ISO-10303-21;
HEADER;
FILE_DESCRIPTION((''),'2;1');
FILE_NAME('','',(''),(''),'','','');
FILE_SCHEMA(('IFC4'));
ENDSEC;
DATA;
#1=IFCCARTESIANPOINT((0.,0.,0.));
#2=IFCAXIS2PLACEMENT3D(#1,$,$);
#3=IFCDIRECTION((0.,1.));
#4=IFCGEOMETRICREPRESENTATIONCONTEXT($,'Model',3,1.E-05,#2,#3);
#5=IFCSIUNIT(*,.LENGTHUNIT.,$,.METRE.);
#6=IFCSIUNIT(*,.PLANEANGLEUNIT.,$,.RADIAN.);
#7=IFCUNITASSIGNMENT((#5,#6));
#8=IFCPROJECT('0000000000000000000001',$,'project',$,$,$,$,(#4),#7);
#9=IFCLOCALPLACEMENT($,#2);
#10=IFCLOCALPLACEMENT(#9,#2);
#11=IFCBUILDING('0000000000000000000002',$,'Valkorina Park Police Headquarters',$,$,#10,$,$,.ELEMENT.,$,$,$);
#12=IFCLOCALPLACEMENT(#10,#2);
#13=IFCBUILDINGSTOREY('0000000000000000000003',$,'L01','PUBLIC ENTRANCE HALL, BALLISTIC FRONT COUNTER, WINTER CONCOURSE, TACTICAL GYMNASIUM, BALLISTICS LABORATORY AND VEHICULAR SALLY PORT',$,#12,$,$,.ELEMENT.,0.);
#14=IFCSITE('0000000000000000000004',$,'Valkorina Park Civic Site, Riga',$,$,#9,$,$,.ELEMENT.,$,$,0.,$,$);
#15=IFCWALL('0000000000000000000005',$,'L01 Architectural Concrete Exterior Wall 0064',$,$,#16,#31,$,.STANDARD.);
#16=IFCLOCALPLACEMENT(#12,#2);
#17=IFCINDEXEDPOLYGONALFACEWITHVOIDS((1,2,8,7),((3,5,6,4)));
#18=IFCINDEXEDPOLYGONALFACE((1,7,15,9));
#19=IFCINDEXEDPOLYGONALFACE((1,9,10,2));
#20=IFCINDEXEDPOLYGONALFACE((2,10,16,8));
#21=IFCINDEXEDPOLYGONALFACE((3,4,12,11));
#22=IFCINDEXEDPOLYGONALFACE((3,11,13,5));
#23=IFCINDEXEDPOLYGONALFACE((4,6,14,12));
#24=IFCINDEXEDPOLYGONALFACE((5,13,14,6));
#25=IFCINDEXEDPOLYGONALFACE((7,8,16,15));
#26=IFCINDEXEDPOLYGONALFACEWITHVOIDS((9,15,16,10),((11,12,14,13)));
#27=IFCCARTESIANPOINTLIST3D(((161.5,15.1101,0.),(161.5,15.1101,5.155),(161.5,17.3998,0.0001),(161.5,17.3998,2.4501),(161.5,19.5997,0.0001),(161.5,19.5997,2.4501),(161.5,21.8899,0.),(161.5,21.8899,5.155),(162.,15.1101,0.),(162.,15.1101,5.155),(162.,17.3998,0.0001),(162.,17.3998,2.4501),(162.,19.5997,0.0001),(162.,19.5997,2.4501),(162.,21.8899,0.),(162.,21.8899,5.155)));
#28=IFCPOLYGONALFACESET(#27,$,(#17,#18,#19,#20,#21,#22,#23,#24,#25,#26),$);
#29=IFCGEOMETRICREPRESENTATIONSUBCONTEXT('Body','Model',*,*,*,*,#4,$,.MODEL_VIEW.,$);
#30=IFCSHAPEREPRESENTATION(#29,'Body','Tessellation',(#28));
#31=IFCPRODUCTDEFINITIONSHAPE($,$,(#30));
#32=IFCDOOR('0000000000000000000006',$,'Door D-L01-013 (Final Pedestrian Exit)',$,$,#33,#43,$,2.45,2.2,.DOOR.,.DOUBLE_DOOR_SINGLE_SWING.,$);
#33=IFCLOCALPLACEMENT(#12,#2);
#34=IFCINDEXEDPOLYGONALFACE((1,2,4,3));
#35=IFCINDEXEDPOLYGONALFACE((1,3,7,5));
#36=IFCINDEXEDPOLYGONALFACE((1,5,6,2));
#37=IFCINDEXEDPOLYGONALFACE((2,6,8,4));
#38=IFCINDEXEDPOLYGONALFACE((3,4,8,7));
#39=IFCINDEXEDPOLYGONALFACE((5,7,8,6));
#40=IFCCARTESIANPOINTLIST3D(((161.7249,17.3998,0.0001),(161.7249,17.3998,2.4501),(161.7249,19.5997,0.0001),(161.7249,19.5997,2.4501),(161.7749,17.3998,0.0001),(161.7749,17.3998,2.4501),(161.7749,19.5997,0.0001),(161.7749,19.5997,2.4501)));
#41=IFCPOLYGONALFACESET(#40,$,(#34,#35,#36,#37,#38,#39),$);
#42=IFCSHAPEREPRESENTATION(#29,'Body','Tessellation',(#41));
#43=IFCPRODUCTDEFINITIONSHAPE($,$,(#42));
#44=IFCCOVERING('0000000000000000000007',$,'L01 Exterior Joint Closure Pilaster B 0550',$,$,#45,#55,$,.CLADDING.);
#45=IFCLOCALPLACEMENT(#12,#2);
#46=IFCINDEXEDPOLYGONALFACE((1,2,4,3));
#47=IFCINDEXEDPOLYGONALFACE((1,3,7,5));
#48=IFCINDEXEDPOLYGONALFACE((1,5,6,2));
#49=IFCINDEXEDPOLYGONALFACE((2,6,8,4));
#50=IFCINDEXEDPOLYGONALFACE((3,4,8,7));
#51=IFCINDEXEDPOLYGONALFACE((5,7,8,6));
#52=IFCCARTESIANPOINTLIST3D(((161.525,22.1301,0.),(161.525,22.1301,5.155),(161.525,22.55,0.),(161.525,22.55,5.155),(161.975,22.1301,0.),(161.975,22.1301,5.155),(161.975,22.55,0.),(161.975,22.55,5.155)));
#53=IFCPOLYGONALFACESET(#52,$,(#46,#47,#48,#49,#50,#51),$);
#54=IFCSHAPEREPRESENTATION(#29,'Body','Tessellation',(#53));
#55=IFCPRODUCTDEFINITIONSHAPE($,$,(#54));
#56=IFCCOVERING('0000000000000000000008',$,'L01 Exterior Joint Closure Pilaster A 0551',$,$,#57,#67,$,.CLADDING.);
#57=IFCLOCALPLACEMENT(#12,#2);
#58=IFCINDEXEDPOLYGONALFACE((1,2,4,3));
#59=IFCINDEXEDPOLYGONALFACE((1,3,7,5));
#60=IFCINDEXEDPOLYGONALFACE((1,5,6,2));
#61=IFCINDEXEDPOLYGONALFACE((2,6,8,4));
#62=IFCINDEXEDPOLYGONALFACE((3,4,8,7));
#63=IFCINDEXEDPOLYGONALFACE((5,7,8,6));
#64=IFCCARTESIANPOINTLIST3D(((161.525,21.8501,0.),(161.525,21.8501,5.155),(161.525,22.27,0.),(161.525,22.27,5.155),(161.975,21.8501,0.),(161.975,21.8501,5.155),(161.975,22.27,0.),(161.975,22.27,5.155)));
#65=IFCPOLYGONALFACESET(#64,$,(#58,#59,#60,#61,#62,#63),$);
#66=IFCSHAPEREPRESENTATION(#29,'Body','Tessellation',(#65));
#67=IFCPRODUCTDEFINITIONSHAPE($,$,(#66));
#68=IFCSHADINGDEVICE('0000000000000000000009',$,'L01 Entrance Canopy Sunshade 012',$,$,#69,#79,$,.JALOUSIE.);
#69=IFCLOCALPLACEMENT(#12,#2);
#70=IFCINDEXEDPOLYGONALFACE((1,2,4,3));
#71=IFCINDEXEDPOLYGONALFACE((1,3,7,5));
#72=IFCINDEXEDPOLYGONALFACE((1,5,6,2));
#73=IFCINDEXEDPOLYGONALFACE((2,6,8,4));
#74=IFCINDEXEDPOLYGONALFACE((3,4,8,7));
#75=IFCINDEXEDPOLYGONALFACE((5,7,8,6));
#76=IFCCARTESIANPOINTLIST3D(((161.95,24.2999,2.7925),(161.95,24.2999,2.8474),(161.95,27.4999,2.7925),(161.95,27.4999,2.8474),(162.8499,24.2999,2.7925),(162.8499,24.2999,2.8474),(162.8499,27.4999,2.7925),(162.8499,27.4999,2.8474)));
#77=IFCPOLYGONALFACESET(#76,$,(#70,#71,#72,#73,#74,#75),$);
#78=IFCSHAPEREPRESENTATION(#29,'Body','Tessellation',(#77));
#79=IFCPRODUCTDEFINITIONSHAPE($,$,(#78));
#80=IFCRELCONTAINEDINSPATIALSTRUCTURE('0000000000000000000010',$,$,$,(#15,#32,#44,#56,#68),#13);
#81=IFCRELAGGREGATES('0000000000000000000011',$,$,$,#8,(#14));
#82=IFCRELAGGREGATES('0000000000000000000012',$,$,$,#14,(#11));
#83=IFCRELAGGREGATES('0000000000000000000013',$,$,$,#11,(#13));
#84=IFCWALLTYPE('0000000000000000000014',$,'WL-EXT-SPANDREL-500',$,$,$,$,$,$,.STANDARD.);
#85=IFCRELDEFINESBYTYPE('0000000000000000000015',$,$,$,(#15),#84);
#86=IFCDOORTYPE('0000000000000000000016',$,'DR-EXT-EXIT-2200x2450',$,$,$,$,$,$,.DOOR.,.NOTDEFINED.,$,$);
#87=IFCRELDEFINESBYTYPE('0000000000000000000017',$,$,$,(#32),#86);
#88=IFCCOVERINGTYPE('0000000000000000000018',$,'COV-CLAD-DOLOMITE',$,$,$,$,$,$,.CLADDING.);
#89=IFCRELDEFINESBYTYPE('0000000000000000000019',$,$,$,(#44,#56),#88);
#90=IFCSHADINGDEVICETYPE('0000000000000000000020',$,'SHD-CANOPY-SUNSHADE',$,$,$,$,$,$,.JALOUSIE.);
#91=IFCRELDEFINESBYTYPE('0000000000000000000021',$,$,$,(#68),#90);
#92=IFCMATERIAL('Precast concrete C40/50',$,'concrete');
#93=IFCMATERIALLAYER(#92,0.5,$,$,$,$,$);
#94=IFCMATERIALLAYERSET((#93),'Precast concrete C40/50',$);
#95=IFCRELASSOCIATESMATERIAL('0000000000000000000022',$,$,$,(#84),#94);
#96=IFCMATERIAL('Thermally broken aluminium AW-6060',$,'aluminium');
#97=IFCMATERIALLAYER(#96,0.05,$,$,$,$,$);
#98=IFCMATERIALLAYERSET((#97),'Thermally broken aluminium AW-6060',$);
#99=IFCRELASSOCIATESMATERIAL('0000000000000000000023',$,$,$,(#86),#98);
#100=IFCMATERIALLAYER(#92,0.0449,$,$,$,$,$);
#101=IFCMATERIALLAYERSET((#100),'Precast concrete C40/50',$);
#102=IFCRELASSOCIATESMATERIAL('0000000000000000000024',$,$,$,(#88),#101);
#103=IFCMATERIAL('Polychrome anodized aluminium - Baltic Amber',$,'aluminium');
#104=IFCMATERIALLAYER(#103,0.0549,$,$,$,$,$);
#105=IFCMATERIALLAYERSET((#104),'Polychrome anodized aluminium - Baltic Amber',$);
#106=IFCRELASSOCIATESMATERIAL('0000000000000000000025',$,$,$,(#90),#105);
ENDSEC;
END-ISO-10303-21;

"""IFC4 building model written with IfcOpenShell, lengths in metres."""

from ifc_helpers import new_model, si_unit, direction, frame, frame_2d, origin, origin_2d, place, context, subcontext, project, spatial, rectangle, extrude, material, layer, layer_set, type_object, element, fill, save


model = new_model("IFC4")

# Units and contexts
model_context = context("Model", 3, precision=1e-05, world=origin(), true_north=direction((0.0, 1.0)))
body_context = subcontext(model_context, "Body", "Model", "MODEL_VIEW")
ifc_project = project(units=[si_unit("LENGTHUNIT", "METRE"), si_unit("PLANEANGLEUNIT", "RADIAN")], contexts=[model_context])

# Site, building, storey
site_placement = place(None, origin())
site = spatial("IfcSite", under=ifc_project, at=site_placement, Name="Valkorina Park Civic Site, Riga", CompositionType="ELEMENT", RefElevation=0.0)
building_placement = place(site_placement, origin())
building = spatial("IfcBuilding", under=site, at=building_placement, Name="Valkorina Park Police Headquarters", CompositionType="ELEMENT")
storey_placement = place(building_placement, origin())
storey = spatial("IfcBuildingStorey", under=building, at=storey_placement, Name="L01", Description="PUBLIC ENTRANCE HALL, BALLISTIC FRONT COUNTER, WINTER CONCOURSE, TACTICAL GYMNASIUM, BALLISTICS LABORATORY AND VEHICULAR SALLY PORT", CompositionType="ELEMENT", Elevation=0.0)

# Wall, opening, door
ifc_material_1 = material(Name="Precast concrete C40/50", Category="concrete")
ifc_layer_1 = layer(ifc_material_1, 0.5)
ifc_layer_set_1 = layer_set([ifc_layer_1], Name="Precast concrete C40/50")
wall_type_1 = type_object("IfcWallType", Name="WL-EXT-SPANDREL-500", PredefinedType="STANDARD", material=ifc_layer_set_1)
ifc_material_2 = material(Name="Thermally broken aluminium AW-6060", Category="aluminium")
wall_1_placement = place(storey_placement, frame((161.75, 21.8899, 0.0), z_axis=(0.0, 0.0, 1.0), x_axis=(0.0, -1.0, 0.0)))
wall_1 = element("IfcWall", 1, at=wall_1_placement, inside=storey, type_object=wall_type_1, Name="L01 Architectural Concrete Exterior Wall 0064", PredefinedType="STANDARD", context=body_context, shape_type="SweptSolid", body=[
    extrude(rectangle(XDim=6.7798, YDim=0.5, at=frame_2d((3.3899, 0.0))), origin(), (0.0, 0.0, 1.0), 5.155),
])
opening_1_placement = place(wall_1_placement, frame((2.29, 0.0, 0.0)))
opening_1 = element("IfcOpeningElement", 2, at=opening_1_placement, cuts=wall_1, PredefinedType="OPENING", context=body_context, shape_type="SweptSolid", body=[
    extrude(rectangle(XDim=2.2, YDim=2.45, at=frame_2d((1.1001, 1.2251))), frame((0.0, 0.26, 0.0), z_axis=(0.0, -1.0, 0.0), x_axis=(1.0, 0.0, 0.0)), (0.0, 0.0, 1.0), 0.52),
])
ifc_layer_2 = layer(ifc_material_2, 0.05)
ifc_layer_set_2 = layer_set([ifc_layer_2], Name="Thermally broken aluminium AW-6060")
door_type_1 = type_object("IfcDoorType", Name="DR-EXT-EXIT-2200x2450", OperationType="NOTDEFINED", PredefinedType="DOOR", material=ifc_layer_set_2)
door_1_placement = place(opening_1_placement, origin())
door_1 = element("IfcDoor", 3, at=door_1_placement, inside=storey, type_object=door_type_1, Name="Door D-L01-013 (Final Pedestrian Exit)", OperationType="DOUBLE_DOOR_SINGLE_SWING", OverallHeight=2.45, OverallWidth=2.2, PredefinedType="DOOR", context=body_context, shape_type="SweptSolid", body=[
    extrude(rectangle(XDim=2.2, YDim=2.45, at=frame_2d((1.1001, 1.2251))), frame((0.0, 0.0249, 0.0), z_axis=(0.0, -1.0, 0.0), x_axis=(1.0, 0.0, 0.0)), (0.0, 0.0, 1.0), 0.05),
])
fill(opening_1, door_1)

# Coverings
ifc_layer_3 = layer(ifc_material_1, 0.0449)
ifc_layer_set_3 = layer_set([ifc_layer_3], Name="Precast concrete C40/50")
covering_type = type_object("IfcCoveringType", Name="COV-CLAD-DOLOMITE", PredefinedType="CLADDING", material=ifc_layer_set_3)
for number, where, z_axis, x_axis, name in (
    (4, (161.75, 22.3401, 0.0), (0.0, 0.0, 1.0), (0.0, 1.0, 0.0), "L01 Exterior Joint Closure Pilaster B 0550"),
    (5, (161.75, 22.0601, 0.0), (0.0, 0.0, 1.0), (0.0, 1.0, 0.0), "L01 Exterior Joint Closure Pilaster A 0551"),
):
    element("IfcCovering", number, at=place(storey_placement, frame(where, z_axis=z_axis, x_axis=x_axis)), inside=storey, type_object=covering_type, Name=name, PredefinedType="CLADDING", context=body_context, shape_type="SweptSolid", body=[
        extrude(rectangle(XDim=0.4199, YDim=0.45, at=origin_2d()), origin(), (0.0, 0.0, 1.0), 5.155),
    ])

# Shading device
ifc_material_3 = material(Name="Polychrome anodized aluminium - Baltic Amber", Category="aluminium")
ifc_layer_4 = layer(ifc_material_3, 0.0549)
ifc_layer_set_4 = layer_set([ifc_layer_4], Name="Polychrome anodized aluminium - Baltic Amber")
shading_device_type = type_object("IfcShadingDeviceType", Name="SHD-CANOPY-SUNSHADE", PredefinedType="JALOUSIE", material=ifc_layer_set_4)
shading_device_placement = place(storey_placement, frame((162.3999, 25.8999, 2.7925), z_axis=(0.0, 0.0, 1.0), x_axis=(0.0, -1.0, 0.0)))
element("IfcShadingDevice", 6, at=shading_device_placement, inside=storey, type_object=shading_device_type, Name="L01 Entrance Canopy Sunshade 012", PredefinedType="JALOUSIE", context=body_context, shape_type="SweptSolid", body=[
    extrude(rectangle(XDim=3.2, YDim=0.8999, at=origin_2d()), origin(), (0.0, 0.0, 1.0), 0.0549),
])

save(model, "model.ifc")
